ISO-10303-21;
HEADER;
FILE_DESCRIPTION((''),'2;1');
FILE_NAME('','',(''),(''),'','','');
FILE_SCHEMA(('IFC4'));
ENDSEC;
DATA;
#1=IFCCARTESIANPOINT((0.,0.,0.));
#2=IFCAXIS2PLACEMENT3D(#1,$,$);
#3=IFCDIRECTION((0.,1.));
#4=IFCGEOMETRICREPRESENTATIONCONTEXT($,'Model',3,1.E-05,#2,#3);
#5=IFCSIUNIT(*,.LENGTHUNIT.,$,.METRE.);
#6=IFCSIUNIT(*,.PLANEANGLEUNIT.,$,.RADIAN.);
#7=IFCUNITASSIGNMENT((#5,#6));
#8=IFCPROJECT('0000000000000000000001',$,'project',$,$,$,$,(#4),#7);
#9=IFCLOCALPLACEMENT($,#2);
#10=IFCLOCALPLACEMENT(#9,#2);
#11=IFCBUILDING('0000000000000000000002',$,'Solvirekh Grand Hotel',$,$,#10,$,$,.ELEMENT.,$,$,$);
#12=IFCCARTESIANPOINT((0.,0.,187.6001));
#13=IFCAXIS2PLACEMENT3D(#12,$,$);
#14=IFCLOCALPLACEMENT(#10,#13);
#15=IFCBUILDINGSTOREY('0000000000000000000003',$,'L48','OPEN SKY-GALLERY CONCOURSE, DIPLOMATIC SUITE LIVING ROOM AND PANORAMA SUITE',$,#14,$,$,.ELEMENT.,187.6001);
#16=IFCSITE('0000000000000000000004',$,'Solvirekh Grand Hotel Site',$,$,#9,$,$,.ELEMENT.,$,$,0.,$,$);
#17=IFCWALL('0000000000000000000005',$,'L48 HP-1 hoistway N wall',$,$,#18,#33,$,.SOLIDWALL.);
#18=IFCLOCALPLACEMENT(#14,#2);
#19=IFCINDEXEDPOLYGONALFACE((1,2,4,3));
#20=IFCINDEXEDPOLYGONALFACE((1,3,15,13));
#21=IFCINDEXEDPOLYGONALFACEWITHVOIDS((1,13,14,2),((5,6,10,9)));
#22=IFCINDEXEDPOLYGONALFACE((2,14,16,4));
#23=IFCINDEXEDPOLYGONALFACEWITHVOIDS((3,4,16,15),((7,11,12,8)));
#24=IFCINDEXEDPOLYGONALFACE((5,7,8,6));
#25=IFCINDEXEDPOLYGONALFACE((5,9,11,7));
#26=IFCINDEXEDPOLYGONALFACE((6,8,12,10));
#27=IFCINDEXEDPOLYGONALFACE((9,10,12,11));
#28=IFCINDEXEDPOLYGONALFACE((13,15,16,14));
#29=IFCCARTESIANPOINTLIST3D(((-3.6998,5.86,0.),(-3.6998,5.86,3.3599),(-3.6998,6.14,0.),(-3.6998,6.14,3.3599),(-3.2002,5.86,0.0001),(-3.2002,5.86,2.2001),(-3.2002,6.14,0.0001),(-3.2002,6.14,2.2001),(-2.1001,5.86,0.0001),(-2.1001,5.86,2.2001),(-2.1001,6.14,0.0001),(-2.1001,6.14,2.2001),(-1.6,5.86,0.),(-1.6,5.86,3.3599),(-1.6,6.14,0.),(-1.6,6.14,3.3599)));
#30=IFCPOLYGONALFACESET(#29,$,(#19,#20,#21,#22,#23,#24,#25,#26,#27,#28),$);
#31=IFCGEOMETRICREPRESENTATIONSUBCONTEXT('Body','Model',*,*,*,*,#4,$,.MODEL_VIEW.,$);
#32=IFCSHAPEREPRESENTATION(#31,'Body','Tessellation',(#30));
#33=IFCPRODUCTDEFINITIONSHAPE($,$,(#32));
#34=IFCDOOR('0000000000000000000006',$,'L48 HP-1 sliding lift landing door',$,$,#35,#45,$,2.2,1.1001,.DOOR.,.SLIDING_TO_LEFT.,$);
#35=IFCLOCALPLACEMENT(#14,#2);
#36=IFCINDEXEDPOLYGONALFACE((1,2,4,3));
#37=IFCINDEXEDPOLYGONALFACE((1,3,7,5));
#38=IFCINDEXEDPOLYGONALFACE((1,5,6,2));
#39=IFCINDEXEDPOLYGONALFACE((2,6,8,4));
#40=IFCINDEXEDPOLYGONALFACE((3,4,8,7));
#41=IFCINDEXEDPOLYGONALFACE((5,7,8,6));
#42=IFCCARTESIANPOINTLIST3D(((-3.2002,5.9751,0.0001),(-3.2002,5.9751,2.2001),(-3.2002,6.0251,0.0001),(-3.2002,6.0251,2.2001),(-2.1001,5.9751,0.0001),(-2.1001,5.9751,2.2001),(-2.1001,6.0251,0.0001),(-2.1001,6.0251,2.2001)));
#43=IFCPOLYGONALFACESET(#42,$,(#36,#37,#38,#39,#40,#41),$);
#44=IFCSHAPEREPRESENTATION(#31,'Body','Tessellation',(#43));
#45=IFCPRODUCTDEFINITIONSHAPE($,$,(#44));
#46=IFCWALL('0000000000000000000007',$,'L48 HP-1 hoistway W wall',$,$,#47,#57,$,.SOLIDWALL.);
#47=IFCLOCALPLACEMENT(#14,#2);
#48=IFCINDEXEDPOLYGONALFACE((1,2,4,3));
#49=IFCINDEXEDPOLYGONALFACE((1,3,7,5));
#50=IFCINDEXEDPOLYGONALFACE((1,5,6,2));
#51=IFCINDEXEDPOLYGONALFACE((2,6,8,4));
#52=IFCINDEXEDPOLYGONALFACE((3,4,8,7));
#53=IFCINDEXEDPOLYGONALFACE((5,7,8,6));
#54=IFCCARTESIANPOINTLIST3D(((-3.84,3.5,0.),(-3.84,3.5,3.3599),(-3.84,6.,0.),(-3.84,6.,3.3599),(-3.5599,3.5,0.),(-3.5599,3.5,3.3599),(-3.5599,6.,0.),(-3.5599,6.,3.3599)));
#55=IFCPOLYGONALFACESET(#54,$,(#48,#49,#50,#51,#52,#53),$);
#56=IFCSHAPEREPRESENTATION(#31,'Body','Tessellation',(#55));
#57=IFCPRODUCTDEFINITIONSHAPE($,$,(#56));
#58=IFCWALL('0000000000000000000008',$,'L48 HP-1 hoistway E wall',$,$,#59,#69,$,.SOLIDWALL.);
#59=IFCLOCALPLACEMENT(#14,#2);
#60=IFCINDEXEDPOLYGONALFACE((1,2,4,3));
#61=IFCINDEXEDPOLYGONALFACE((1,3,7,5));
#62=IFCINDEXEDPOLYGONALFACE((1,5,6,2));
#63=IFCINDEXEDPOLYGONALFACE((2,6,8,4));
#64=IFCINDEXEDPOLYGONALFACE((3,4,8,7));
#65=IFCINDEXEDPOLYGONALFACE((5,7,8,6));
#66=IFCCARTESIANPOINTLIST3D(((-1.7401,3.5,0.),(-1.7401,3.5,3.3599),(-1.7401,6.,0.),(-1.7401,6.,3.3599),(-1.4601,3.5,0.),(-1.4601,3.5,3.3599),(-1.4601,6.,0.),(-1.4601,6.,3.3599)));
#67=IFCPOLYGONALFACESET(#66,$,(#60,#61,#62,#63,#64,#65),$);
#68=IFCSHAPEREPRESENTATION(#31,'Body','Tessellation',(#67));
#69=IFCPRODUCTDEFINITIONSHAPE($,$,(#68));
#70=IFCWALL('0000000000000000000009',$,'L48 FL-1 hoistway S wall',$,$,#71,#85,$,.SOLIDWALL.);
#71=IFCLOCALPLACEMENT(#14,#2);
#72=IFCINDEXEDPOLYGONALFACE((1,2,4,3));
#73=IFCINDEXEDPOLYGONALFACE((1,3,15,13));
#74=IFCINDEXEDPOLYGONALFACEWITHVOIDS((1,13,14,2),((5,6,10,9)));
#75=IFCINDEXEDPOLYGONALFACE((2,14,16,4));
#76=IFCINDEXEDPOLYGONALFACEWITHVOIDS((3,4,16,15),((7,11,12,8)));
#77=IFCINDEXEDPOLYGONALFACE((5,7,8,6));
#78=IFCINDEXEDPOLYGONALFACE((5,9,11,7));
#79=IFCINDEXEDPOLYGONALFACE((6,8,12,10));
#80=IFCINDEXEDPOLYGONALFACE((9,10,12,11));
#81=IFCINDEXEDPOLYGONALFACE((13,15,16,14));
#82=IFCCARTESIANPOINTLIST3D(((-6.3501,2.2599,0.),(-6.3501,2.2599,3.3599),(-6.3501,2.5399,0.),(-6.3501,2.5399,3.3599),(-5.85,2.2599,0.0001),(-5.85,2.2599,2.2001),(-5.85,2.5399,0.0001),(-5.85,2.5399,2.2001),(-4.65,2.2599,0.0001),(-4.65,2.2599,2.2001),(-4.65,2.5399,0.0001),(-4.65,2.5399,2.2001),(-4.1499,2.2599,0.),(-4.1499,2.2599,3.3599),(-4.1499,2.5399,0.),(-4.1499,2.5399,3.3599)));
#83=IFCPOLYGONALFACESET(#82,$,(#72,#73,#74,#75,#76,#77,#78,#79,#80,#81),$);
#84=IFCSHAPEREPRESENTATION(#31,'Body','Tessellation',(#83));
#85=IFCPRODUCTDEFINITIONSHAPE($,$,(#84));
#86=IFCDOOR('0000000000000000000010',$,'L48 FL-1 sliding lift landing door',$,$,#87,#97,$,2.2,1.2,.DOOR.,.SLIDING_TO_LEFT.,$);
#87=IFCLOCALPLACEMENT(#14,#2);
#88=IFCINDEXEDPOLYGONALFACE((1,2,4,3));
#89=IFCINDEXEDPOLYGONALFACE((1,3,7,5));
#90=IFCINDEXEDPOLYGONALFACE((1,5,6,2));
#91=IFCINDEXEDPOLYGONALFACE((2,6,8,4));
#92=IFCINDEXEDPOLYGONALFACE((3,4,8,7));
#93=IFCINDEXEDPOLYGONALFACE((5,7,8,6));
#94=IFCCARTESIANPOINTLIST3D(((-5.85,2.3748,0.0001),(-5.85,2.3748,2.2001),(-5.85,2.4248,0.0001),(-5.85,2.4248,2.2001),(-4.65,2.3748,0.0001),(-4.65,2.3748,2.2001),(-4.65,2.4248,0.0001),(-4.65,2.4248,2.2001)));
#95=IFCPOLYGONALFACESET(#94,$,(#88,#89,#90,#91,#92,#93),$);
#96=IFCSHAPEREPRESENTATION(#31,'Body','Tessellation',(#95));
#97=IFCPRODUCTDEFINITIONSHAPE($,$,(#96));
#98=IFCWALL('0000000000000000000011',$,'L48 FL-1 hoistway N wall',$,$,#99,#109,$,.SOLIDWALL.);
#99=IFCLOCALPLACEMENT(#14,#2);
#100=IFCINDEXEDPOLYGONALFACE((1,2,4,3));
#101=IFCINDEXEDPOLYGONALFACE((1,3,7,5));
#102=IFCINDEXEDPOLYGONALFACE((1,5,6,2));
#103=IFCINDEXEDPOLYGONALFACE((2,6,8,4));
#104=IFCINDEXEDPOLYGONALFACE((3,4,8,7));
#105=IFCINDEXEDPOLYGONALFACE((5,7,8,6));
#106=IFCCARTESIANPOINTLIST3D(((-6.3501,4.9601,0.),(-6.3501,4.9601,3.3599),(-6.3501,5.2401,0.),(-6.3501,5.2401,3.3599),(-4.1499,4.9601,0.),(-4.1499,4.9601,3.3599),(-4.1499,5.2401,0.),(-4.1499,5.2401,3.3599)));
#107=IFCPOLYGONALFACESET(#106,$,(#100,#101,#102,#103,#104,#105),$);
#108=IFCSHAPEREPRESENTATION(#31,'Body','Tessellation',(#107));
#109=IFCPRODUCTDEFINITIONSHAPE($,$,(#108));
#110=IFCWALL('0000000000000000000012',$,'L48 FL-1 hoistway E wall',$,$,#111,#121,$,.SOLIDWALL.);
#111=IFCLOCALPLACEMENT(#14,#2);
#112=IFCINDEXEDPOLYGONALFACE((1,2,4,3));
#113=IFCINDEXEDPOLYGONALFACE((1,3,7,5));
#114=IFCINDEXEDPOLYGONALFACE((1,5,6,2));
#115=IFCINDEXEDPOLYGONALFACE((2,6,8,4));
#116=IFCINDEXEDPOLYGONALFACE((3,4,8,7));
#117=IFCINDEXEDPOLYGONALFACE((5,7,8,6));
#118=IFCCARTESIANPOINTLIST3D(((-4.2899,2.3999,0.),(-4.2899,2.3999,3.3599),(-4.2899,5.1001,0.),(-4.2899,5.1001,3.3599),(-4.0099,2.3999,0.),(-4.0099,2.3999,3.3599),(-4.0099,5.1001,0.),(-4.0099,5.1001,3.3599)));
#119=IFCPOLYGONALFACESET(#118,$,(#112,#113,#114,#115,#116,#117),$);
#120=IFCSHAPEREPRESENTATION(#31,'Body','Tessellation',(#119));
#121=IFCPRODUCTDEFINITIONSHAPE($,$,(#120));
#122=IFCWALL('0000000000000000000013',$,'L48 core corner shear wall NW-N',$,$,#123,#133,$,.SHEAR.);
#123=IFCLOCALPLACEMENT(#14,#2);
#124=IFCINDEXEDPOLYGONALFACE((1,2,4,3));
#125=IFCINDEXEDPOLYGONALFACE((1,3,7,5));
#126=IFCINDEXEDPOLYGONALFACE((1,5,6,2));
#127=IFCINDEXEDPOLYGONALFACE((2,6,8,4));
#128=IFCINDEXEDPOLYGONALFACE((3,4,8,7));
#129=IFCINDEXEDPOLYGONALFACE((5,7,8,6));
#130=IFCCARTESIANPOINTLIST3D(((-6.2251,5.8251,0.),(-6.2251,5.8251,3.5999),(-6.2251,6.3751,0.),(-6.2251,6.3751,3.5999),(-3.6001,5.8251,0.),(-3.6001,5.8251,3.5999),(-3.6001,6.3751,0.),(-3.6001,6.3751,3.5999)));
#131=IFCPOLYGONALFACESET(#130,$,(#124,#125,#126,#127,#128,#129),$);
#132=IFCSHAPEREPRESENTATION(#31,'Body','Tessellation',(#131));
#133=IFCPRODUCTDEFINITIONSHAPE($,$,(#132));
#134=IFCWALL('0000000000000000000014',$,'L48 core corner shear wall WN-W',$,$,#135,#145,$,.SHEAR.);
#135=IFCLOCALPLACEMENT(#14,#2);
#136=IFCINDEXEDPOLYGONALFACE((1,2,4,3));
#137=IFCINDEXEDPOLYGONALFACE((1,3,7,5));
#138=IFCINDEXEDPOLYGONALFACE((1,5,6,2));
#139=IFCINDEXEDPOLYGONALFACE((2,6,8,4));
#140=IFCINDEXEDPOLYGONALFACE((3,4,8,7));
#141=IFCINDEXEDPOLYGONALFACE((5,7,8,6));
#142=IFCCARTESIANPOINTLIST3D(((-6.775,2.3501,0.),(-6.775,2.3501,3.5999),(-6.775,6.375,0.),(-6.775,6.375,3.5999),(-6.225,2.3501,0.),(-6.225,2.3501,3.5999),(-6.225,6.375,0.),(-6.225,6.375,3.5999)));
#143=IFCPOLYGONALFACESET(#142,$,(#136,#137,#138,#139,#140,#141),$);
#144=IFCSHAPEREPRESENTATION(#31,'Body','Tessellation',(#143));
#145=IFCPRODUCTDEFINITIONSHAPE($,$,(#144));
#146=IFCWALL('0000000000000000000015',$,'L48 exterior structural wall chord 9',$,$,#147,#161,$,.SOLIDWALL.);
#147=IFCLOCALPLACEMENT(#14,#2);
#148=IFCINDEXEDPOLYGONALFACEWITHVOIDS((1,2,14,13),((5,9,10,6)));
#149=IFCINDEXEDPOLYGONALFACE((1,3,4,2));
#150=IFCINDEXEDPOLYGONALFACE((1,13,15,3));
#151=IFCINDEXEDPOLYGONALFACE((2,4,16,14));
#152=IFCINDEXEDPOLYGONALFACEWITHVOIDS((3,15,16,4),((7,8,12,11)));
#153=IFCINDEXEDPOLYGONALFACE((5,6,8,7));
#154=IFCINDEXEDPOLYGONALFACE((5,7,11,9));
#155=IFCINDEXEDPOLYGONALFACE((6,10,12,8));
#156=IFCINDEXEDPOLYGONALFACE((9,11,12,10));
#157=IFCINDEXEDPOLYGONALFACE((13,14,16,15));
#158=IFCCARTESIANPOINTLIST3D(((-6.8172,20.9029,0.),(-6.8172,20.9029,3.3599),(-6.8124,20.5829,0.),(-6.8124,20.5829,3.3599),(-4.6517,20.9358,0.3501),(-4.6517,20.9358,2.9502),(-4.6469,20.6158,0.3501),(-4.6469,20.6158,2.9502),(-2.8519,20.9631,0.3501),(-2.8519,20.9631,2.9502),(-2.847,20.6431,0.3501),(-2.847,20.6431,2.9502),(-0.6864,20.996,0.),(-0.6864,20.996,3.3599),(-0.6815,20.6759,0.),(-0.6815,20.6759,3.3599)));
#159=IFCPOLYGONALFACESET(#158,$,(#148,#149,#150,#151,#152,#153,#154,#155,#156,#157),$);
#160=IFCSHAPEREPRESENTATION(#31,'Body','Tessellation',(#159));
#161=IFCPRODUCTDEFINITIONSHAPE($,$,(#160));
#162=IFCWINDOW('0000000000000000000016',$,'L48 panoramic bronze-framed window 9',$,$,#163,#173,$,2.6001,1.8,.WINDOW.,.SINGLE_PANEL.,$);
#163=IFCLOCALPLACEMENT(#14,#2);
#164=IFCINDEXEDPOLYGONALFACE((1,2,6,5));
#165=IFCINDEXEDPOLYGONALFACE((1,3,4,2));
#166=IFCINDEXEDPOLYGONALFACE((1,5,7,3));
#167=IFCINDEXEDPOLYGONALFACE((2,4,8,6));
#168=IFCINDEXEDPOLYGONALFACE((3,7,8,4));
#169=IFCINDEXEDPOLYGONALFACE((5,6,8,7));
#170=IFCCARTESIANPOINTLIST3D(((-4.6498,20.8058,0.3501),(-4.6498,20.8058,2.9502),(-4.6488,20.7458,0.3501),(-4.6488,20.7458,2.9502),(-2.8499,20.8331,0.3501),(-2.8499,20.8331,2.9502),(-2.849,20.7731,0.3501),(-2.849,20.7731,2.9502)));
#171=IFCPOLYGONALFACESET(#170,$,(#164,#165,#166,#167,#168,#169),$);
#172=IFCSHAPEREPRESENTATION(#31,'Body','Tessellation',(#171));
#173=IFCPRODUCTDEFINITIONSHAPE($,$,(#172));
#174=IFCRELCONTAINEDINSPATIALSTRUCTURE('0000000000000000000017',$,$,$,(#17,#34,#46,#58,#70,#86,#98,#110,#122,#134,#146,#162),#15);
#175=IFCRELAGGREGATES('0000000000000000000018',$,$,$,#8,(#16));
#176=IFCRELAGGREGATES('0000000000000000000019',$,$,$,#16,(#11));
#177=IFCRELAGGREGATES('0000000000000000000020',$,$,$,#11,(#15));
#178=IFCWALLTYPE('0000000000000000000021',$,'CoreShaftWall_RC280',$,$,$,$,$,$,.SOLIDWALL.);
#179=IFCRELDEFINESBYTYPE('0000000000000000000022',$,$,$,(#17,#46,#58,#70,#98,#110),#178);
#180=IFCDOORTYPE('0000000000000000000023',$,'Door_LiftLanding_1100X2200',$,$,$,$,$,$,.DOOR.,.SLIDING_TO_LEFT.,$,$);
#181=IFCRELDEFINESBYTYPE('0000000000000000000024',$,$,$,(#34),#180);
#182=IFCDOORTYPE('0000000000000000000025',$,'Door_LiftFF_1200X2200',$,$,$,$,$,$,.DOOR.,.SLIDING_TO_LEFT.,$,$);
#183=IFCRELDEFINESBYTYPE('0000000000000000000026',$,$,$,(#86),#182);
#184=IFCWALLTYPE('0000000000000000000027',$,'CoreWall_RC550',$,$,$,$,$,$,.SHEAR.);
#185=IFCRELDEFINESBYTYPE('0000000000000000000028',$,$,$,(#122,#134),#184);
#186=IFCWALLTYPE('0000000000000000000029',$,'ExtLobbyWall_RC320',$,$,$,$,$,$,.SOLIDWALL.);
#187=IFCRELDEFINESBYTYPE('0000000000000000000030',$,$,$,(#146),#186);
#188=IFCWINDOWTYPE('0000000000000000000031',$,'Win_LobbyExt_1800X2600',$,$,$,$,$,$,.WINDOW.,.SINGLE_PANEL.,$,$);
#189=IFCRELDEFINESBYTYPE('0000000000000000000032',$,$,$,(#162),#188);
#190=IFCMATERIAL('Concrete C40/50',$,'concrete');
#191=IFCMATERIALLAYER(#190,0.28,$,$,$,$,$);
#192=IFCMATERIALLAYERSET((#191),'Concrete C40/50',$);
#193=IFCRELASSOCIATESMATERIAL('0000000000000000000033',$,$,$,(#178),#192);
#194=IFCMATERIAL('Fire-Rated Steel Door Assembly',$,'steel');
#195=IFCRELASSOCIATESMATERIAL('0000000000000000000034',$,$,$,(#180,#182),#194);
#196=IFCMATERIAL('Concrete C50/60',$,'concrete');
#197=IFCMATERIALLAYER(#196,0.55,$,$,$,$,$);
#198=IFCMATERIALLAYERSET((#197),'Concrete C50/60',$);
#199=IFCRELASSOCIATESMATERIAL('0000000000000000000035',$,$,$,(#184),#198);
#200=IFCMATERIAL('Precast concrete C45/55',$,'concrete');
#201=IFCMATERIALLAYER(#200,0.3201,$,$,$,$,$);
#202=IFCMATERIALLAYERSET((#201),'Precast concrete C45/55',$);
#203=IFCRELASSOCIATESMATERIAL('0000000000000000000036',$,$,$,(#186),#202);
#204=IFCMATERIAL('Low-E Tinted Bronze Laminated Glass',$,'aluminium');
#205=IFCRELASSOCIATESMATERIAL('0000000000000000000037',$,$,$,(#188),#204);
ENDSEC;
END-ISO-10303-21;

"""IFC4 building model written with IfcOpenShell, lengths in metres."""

from ifc_helpers import new_model, si_unit, direction, frame, frame_2d, origin, place, context, subcontext, project, spatial, rectangle, extrude, material, layer, layer_set, type_object, element, fill, save


model = new_model("IFC4")

# Units and contexts
model_context = context("Model", 3, precision=1e-05, world=origin(), true_north=direction((0.0, 1.0)))
body_context = subcontext(model_context, "Body", "Model", "MODEL_VIEW")
ifc_project = project(units=[si_unit("LENGTHUNIT", "METRE"), si_unit("PLANEANGLEUNIT", "RADIAN")], contexts=[model_context])

# Site, building, storey
site_placement = place(None, origin())
site = spatial("IfcSite", under=ifc_project, at=site_placement, Name="Solvirekh Grand Hotel Site", CompositionType="ELEMENT", RefElevation=0.0)
building_placement = place(site_placement, origin())
building = spatial("IfcBuilding", under=site, at=building_placement, Name="Solvirekh Grand Hotel", CompositionType="ELEMENT")
storey_placement = place(building_placement, frame((0.0, 0.0, 187.6001)))
storey = spatial("IfcBuildingStorey", under=building, at=storey_placement, Name="L48", Description="OPEN SKY-GALLERY CONCOURSE, DIPLOMATIC SUITE LIVING ROOM AND PANORAMA SUITE", CompositionType="ELEMENT", Elevation=187.6001)

# Shared definitions
ifc_material_1 = material(Name="Concrete C50/60", Category="concrete")

# Wall, opening, door
ifc_material_2 = material(Name="Concrete C40/50", Category="concrete")
ifc_layer_1 = layer(ifc_material_2, 0.28)
ifc_layer_set_1 = layer_set([ifc_layer_1], Name="Concrete C40/50")
wall_type_1 = type_object("IfcWallType", Name="CoreShaftWall_RC280", PredefinedType="SOLIDWALL", material=ifc_layer_set_1)
wall_1_placement = place(storey_placement, frame((-1.6001, 6.0, 0.0), z_axis=(0.0, 0.0, 1.0), x_axis=(-1.0, 0.0, 0.0)))
wall_1 = element("IfcWall", 1, at=wall_1_placement, inside=storey, type_object=wall_type_1, Name="L48 HP-1 hoistway N wall", PredefinedType="SOLIDWALL", context=body_context, shape_type="SweptSolid", body=[
    extrude(rectangle(XDim=2.0999, YDim=0.28, at=frame_2d((1.0498, 0.0))), origin(), (0.0, 0.0, 1.0), 3.3599),
])
opening_1_placement = place(wall_1_placement, frame((0.5, 0.0, 0.0)))
opening_1 = element("IfcOpeningElement", 2, at=opening_1_placement, cuts=wall_1, PredefinedType="OPENING", context=body_context, shape_type="SweptSolid", body=[
    extrude(rectangle(XDim=1.1001, YDim=2.2, at=frame_2d((0.55, 1.1001))), frame((0.0, 0.1499, 0.0), z_axis=(0.0, -1.0, 0.0), x_axis=(1.0, 0.0, 0.0)), (0.0, 0.0, 1.0), 0.3),
])
ifc_material_3 = material(Name="Fire-Rated Steel Door Assembly", Category="steel")
door_type_1 = type_object("IfcDoorType", Name="Door_LiftLanding_1100X2200", OperationType="SLIDING_TO_LEFT", PredefinedType="DOOR", material=ifc_material_3)
door_1_placement = place(opening_1_placement, origin())
door_1 = element("IfcDoor", 3, at=door_1_placement, inside=storey, type_object=door_type_1, Name="L48 HP-1 sliding lift landing door", OperationType="SLIDING_TO_LEFT", OverallHeight=2.2, OverallWidth=1.1001, PredefinedType="DOOR", context=body_context, shape_type="SweptSolid", body=[
    extrude(rectangle(XDim=1.1001, YDim=2.2, at=frame_2d((0.55, 1.1001))), frame((0.0, 0.0249, 0.0), z_axis=(0.0, -1.0, 0.0), x_axis=(1.0, 0.0, 0.0)), (0.0, 0.0, 1.0), 0.05),
])
fill(opening_1, door_1)

# Walls
for number, where, z_axis, x_axis, name in (
    (4, (-3.7, 6.0, 0.0), (0.0, 0.0, 1.0), (0.0, -1.0, 0.0), "L48 HP-1 hoistway W wall"),
    (5, (-1.6001, 3.5, 0.0), (0.0, 0.0, 1.0), (0.0, 1.0, 0.0), "L48 HP-1 hoistway E wall"),
):
    element("IfcWall", number, at=place(storey_placement, frame(where, z_axis=z_axis, x_axis=x_axis)), inside=storey, type_object=wall_type_1, Name=name, PredefinedType="SOLIDWALL", context=body_context, shape_type="SweptSolid", body=[
        extrude(rectangle(XDim=2.5, YDim=0.28, at=frame_2d((1.25, 0.0))), origin(), (0.0, 0.0, 1.0), 3.3599),
    ])

# Wall, opening, door
wall_2_placement = place(storey_placement, frame((-6.3501, 2.3999, 0.0), z_axis=(0.0, 0.0, 1.0), x_axis=(1.0, 0.0, 0.0)))
wall_2 = element("IfcWall", 6, at=wall_2_placement, inside=storey, type_object=wall_type_1, Name="L48 FL-1 hoistway S wall", PredefinedType="SOLIDWALL", context=body_context, shape_type="SweptSolid", body=[
    extrude(rectangle(XDim=2.2002, YDim=0.28, at=frame_2d((1.1001, 0.0))), origin(), (0.0, 0.0, 1.0), 3.3599),
])
opening_2_placement = place(wall_2_placement, frame((0.5, 0.0, 0.0)))
opening_2 = element("IfcOpeningElement", 7, at=opening_2_placement, cuts=wall_2, PredefinedType="OPENING", context=body_context, shape_type="SweptSolid", body=[
    extrude(rectangle(XDim=1.2, YDim=2.2, at=frame_2d((0.6001, 1.1001))), frame((0.0, 0.1499, 0.0), z_axis=(0.0, -1.0, 0.0), x_axis=(1.0, 0.0, 0.0)), (0.0, 0.0, 1.0), 0.3),
])
door_type_2 = type_object("IfcDoorType", Name="Door_LiftFF_1200X2200", OperationType="SLIDING_TO_LEFT", PredefinedType="DOOR", material=ifc_material_3)
door_2_placement = place(opening_2_placement, origin())
door_2 = element("IfcDoor", 8, at=door_2_placement, inside=storey, type_object=door_type_2, Name="L48 FL-1 sliding lift landing door", OperationType="SLIDING_TO_LEFT", OverallHeight=2.2, OverallWidth=1.2, PredefinedType="DOOR", context=body_context, shape_type="SweptSolid", body=[
    extrude(rectangle(XDim=1.2, YDim=2.2, at=frame_2d((0.6001, 1.1001))), frame((0.0, 0.0249, 0.0), z_axis=(0.0, -1.0, 0.0), x_axis=(1.0, 0.0, 0.0)), (0.0, 0.0, 1.0), 0.05),
])
fill(opening_2, door_2)

# Walls
wall_3_placement = place(storey_placement, frame((-4.1499, 5.1001, 0.0), z_axis=(0.0, 0.0, 1.0), x_axis=(-1.0, 0.0, 0.0)))
element("IfcWall", 9, at=wall_3_placement, inside=storey, type_object=wall_type_1, Name="L48 FL-1 hoistway N wall", PredefinedType="SOLIDWALL", context=body_context, shape_type="SweptSolid", body=[
    extrude(rectangle(XDim=2.2002, YDim=0.28, at=frame_2d((1.1001, 0.0))), origin(), (0.0, 0.0, 1.0), 3.3599),
])
wall_4_placement = place(storey_placement, frame((-4.1499, 2.3999, 0.0), z_axis=(0.0, 0.0, 1.0), x_axis=(0.0, 1.0, 0.0)))
element("IfcWall", 10, at=wall_4_placement, inside=storey, type_object=wall_type_1, Name="L48 FL-1 hoistway E wall", PredefinedType="SOLIDWALL", context=body_context, shape_type="SweptSolid", body=[
    extrude(rectangle(XDim=2.7002, YDim=0.28, at=frame_2d((1.3501, 0.0))), origin(), (0.0, 0.0, 1.0), 3.3599),
])
ifc_layer_2 = layer(ifc_material_1, 0.55)
ifc_layer_set_2 = layer_set([ifc_layer_2], Name="Concrete C50/60")
wall_type_2 = type_object("IfcWallType", Name="CoreWall_RC550", PredefinedType="SHEAR", material=ifc_layer_set_2)
wall_5_placement = place(storey_placement, frame((-6.2251, 6.1001, 0.0), z_axis=(0.0, 0.0, 1.0), x_axis=(1.0, 0.0, 0.0)))
element("IfcWall", 11, at=wall_5_placement, inside=storey, type_object=wall_type_2, Name="L48 core corner shear wall NW-N", PredefinedType="SHEAR", context=body_context, shape_type="SweptSolid", body=[
    extrude(rectangle(XDim=2.625, YDim=0.55, at=frame_2d((1.3125, 0.0))), origin(), (0.0, 0.0, 1.0), 3.5999),
])
wall_6_placement = place(storey_placement, frame((-6.5, 2.3501, 0.0), z_axis=(0.0, 0.0, 1.0), x_axis=(0.0, 1.0, 0.0)))
element("IfcWall", 12, at=wall_6_placement, inside=storey, type_object=wall_type_2, Name="L48 core corner shear wall WN-W", PredefinedType="SHEAR", context=body_context, shape_type="SweptSolid", body=[
    extrude(rectangle(XDim=4.0249, YDim=0.55, at=frame_2d((2.0125, 0.0))), origin(), (0.0, 0.0, 1.0), 3.5999),
])

# Wall, opening, window
ifc_material_4 = material(Name="Precast concrete C45/55", Category="concrete")
ifc_layer_3 = layer(ifc_material_4, 0.3201)
ifc_layer_set_3 = layer_set([ifc_layer_3], Name="Precast concrete C45/55")
wall_type_3 = type_object("IfcWallType", Name="ExtLobbyWall_RC320", PredefinedType="SOLIDWALL", material=ifc_layer_set_3)
wall_7_placement = place(storey_placement, frame((-6.8149, 20.7429, 0.0), z_axis=(0.0, 0.0, 1.0), x_axis=(0.999885, 0.01517, 0.0)))
wall_7 = element("IfcWall", 13, at=wall_7_placement, inside=storey, type_object=wall_type_3, Name="L48 exterior structural wall chord 9", PredefinedType="SOLIDWALL", context=body_context, shape_type="SweptSolid", body=[
    extrude(rectangle(XDim=6.1316, YDim=0.3201, at=frame_2d((3.0659, 0.0))), origin(), (0.0, 0.0, 1.0), 3.3599),
])
opening_3_placement = place(wall_7_placement, frame((2.166, 0.0, 0.3501)))
opening_3 = element("IfcOpeningElement", 14, at=opening_3_placement, cuts=wall_7, PredefinedType="OPENING", context=body_context, shape_type="SweptSolid", body=[
    extrude(rectangle(XDim=1.8, YDim=2.6001, at=frame_2d((0.8999, 1.3))), frame((0.0, 0.1699, 0.0), z_axis=(0.0, -1.0, 0.0), x_axis=(1.0, 0.0, 0.0)), (0.0, 0.0, 1.0), 0.3401),
])
ifc_material_5 = material(Name="Low-E Tinted Bronze Laminated Glass", Category="aluminium")
window_type = type_object("IfcWindowType", Name="Win_LobbyExt_1800X2600", PartitioningType="SINGLE_PANEL", PredefinedType="WINDOW", material=ifc_material_5)
window_placement = place(opening_3_placement, origin())
window = element("IfcWindow", 15, at=window_placement, inside=storey, type_object=window_type, Name="L48 panoramic bronze-framed window 9", OverallHeight=2.6001, OverallWidth=1.8, PartitioningType="SINGLE_PANEL", PredefinedType="WINDOW", context=body_context, shape_type="SweptSolid", body=[
    extrude(rectangle(XDim=1.8, YDim=2.6001, at=frame_2d((0.8999, 1.3))), frame((0.0, 0.03, 0.0), z_axis=(0.0, -1.0, 0.0), x_axis=(1.0, 0.0, 0.0)), (0.0, 0.0, 1.0), 0.0601),
])
fill(opening_3, window)

save(model, "model.ifc")
